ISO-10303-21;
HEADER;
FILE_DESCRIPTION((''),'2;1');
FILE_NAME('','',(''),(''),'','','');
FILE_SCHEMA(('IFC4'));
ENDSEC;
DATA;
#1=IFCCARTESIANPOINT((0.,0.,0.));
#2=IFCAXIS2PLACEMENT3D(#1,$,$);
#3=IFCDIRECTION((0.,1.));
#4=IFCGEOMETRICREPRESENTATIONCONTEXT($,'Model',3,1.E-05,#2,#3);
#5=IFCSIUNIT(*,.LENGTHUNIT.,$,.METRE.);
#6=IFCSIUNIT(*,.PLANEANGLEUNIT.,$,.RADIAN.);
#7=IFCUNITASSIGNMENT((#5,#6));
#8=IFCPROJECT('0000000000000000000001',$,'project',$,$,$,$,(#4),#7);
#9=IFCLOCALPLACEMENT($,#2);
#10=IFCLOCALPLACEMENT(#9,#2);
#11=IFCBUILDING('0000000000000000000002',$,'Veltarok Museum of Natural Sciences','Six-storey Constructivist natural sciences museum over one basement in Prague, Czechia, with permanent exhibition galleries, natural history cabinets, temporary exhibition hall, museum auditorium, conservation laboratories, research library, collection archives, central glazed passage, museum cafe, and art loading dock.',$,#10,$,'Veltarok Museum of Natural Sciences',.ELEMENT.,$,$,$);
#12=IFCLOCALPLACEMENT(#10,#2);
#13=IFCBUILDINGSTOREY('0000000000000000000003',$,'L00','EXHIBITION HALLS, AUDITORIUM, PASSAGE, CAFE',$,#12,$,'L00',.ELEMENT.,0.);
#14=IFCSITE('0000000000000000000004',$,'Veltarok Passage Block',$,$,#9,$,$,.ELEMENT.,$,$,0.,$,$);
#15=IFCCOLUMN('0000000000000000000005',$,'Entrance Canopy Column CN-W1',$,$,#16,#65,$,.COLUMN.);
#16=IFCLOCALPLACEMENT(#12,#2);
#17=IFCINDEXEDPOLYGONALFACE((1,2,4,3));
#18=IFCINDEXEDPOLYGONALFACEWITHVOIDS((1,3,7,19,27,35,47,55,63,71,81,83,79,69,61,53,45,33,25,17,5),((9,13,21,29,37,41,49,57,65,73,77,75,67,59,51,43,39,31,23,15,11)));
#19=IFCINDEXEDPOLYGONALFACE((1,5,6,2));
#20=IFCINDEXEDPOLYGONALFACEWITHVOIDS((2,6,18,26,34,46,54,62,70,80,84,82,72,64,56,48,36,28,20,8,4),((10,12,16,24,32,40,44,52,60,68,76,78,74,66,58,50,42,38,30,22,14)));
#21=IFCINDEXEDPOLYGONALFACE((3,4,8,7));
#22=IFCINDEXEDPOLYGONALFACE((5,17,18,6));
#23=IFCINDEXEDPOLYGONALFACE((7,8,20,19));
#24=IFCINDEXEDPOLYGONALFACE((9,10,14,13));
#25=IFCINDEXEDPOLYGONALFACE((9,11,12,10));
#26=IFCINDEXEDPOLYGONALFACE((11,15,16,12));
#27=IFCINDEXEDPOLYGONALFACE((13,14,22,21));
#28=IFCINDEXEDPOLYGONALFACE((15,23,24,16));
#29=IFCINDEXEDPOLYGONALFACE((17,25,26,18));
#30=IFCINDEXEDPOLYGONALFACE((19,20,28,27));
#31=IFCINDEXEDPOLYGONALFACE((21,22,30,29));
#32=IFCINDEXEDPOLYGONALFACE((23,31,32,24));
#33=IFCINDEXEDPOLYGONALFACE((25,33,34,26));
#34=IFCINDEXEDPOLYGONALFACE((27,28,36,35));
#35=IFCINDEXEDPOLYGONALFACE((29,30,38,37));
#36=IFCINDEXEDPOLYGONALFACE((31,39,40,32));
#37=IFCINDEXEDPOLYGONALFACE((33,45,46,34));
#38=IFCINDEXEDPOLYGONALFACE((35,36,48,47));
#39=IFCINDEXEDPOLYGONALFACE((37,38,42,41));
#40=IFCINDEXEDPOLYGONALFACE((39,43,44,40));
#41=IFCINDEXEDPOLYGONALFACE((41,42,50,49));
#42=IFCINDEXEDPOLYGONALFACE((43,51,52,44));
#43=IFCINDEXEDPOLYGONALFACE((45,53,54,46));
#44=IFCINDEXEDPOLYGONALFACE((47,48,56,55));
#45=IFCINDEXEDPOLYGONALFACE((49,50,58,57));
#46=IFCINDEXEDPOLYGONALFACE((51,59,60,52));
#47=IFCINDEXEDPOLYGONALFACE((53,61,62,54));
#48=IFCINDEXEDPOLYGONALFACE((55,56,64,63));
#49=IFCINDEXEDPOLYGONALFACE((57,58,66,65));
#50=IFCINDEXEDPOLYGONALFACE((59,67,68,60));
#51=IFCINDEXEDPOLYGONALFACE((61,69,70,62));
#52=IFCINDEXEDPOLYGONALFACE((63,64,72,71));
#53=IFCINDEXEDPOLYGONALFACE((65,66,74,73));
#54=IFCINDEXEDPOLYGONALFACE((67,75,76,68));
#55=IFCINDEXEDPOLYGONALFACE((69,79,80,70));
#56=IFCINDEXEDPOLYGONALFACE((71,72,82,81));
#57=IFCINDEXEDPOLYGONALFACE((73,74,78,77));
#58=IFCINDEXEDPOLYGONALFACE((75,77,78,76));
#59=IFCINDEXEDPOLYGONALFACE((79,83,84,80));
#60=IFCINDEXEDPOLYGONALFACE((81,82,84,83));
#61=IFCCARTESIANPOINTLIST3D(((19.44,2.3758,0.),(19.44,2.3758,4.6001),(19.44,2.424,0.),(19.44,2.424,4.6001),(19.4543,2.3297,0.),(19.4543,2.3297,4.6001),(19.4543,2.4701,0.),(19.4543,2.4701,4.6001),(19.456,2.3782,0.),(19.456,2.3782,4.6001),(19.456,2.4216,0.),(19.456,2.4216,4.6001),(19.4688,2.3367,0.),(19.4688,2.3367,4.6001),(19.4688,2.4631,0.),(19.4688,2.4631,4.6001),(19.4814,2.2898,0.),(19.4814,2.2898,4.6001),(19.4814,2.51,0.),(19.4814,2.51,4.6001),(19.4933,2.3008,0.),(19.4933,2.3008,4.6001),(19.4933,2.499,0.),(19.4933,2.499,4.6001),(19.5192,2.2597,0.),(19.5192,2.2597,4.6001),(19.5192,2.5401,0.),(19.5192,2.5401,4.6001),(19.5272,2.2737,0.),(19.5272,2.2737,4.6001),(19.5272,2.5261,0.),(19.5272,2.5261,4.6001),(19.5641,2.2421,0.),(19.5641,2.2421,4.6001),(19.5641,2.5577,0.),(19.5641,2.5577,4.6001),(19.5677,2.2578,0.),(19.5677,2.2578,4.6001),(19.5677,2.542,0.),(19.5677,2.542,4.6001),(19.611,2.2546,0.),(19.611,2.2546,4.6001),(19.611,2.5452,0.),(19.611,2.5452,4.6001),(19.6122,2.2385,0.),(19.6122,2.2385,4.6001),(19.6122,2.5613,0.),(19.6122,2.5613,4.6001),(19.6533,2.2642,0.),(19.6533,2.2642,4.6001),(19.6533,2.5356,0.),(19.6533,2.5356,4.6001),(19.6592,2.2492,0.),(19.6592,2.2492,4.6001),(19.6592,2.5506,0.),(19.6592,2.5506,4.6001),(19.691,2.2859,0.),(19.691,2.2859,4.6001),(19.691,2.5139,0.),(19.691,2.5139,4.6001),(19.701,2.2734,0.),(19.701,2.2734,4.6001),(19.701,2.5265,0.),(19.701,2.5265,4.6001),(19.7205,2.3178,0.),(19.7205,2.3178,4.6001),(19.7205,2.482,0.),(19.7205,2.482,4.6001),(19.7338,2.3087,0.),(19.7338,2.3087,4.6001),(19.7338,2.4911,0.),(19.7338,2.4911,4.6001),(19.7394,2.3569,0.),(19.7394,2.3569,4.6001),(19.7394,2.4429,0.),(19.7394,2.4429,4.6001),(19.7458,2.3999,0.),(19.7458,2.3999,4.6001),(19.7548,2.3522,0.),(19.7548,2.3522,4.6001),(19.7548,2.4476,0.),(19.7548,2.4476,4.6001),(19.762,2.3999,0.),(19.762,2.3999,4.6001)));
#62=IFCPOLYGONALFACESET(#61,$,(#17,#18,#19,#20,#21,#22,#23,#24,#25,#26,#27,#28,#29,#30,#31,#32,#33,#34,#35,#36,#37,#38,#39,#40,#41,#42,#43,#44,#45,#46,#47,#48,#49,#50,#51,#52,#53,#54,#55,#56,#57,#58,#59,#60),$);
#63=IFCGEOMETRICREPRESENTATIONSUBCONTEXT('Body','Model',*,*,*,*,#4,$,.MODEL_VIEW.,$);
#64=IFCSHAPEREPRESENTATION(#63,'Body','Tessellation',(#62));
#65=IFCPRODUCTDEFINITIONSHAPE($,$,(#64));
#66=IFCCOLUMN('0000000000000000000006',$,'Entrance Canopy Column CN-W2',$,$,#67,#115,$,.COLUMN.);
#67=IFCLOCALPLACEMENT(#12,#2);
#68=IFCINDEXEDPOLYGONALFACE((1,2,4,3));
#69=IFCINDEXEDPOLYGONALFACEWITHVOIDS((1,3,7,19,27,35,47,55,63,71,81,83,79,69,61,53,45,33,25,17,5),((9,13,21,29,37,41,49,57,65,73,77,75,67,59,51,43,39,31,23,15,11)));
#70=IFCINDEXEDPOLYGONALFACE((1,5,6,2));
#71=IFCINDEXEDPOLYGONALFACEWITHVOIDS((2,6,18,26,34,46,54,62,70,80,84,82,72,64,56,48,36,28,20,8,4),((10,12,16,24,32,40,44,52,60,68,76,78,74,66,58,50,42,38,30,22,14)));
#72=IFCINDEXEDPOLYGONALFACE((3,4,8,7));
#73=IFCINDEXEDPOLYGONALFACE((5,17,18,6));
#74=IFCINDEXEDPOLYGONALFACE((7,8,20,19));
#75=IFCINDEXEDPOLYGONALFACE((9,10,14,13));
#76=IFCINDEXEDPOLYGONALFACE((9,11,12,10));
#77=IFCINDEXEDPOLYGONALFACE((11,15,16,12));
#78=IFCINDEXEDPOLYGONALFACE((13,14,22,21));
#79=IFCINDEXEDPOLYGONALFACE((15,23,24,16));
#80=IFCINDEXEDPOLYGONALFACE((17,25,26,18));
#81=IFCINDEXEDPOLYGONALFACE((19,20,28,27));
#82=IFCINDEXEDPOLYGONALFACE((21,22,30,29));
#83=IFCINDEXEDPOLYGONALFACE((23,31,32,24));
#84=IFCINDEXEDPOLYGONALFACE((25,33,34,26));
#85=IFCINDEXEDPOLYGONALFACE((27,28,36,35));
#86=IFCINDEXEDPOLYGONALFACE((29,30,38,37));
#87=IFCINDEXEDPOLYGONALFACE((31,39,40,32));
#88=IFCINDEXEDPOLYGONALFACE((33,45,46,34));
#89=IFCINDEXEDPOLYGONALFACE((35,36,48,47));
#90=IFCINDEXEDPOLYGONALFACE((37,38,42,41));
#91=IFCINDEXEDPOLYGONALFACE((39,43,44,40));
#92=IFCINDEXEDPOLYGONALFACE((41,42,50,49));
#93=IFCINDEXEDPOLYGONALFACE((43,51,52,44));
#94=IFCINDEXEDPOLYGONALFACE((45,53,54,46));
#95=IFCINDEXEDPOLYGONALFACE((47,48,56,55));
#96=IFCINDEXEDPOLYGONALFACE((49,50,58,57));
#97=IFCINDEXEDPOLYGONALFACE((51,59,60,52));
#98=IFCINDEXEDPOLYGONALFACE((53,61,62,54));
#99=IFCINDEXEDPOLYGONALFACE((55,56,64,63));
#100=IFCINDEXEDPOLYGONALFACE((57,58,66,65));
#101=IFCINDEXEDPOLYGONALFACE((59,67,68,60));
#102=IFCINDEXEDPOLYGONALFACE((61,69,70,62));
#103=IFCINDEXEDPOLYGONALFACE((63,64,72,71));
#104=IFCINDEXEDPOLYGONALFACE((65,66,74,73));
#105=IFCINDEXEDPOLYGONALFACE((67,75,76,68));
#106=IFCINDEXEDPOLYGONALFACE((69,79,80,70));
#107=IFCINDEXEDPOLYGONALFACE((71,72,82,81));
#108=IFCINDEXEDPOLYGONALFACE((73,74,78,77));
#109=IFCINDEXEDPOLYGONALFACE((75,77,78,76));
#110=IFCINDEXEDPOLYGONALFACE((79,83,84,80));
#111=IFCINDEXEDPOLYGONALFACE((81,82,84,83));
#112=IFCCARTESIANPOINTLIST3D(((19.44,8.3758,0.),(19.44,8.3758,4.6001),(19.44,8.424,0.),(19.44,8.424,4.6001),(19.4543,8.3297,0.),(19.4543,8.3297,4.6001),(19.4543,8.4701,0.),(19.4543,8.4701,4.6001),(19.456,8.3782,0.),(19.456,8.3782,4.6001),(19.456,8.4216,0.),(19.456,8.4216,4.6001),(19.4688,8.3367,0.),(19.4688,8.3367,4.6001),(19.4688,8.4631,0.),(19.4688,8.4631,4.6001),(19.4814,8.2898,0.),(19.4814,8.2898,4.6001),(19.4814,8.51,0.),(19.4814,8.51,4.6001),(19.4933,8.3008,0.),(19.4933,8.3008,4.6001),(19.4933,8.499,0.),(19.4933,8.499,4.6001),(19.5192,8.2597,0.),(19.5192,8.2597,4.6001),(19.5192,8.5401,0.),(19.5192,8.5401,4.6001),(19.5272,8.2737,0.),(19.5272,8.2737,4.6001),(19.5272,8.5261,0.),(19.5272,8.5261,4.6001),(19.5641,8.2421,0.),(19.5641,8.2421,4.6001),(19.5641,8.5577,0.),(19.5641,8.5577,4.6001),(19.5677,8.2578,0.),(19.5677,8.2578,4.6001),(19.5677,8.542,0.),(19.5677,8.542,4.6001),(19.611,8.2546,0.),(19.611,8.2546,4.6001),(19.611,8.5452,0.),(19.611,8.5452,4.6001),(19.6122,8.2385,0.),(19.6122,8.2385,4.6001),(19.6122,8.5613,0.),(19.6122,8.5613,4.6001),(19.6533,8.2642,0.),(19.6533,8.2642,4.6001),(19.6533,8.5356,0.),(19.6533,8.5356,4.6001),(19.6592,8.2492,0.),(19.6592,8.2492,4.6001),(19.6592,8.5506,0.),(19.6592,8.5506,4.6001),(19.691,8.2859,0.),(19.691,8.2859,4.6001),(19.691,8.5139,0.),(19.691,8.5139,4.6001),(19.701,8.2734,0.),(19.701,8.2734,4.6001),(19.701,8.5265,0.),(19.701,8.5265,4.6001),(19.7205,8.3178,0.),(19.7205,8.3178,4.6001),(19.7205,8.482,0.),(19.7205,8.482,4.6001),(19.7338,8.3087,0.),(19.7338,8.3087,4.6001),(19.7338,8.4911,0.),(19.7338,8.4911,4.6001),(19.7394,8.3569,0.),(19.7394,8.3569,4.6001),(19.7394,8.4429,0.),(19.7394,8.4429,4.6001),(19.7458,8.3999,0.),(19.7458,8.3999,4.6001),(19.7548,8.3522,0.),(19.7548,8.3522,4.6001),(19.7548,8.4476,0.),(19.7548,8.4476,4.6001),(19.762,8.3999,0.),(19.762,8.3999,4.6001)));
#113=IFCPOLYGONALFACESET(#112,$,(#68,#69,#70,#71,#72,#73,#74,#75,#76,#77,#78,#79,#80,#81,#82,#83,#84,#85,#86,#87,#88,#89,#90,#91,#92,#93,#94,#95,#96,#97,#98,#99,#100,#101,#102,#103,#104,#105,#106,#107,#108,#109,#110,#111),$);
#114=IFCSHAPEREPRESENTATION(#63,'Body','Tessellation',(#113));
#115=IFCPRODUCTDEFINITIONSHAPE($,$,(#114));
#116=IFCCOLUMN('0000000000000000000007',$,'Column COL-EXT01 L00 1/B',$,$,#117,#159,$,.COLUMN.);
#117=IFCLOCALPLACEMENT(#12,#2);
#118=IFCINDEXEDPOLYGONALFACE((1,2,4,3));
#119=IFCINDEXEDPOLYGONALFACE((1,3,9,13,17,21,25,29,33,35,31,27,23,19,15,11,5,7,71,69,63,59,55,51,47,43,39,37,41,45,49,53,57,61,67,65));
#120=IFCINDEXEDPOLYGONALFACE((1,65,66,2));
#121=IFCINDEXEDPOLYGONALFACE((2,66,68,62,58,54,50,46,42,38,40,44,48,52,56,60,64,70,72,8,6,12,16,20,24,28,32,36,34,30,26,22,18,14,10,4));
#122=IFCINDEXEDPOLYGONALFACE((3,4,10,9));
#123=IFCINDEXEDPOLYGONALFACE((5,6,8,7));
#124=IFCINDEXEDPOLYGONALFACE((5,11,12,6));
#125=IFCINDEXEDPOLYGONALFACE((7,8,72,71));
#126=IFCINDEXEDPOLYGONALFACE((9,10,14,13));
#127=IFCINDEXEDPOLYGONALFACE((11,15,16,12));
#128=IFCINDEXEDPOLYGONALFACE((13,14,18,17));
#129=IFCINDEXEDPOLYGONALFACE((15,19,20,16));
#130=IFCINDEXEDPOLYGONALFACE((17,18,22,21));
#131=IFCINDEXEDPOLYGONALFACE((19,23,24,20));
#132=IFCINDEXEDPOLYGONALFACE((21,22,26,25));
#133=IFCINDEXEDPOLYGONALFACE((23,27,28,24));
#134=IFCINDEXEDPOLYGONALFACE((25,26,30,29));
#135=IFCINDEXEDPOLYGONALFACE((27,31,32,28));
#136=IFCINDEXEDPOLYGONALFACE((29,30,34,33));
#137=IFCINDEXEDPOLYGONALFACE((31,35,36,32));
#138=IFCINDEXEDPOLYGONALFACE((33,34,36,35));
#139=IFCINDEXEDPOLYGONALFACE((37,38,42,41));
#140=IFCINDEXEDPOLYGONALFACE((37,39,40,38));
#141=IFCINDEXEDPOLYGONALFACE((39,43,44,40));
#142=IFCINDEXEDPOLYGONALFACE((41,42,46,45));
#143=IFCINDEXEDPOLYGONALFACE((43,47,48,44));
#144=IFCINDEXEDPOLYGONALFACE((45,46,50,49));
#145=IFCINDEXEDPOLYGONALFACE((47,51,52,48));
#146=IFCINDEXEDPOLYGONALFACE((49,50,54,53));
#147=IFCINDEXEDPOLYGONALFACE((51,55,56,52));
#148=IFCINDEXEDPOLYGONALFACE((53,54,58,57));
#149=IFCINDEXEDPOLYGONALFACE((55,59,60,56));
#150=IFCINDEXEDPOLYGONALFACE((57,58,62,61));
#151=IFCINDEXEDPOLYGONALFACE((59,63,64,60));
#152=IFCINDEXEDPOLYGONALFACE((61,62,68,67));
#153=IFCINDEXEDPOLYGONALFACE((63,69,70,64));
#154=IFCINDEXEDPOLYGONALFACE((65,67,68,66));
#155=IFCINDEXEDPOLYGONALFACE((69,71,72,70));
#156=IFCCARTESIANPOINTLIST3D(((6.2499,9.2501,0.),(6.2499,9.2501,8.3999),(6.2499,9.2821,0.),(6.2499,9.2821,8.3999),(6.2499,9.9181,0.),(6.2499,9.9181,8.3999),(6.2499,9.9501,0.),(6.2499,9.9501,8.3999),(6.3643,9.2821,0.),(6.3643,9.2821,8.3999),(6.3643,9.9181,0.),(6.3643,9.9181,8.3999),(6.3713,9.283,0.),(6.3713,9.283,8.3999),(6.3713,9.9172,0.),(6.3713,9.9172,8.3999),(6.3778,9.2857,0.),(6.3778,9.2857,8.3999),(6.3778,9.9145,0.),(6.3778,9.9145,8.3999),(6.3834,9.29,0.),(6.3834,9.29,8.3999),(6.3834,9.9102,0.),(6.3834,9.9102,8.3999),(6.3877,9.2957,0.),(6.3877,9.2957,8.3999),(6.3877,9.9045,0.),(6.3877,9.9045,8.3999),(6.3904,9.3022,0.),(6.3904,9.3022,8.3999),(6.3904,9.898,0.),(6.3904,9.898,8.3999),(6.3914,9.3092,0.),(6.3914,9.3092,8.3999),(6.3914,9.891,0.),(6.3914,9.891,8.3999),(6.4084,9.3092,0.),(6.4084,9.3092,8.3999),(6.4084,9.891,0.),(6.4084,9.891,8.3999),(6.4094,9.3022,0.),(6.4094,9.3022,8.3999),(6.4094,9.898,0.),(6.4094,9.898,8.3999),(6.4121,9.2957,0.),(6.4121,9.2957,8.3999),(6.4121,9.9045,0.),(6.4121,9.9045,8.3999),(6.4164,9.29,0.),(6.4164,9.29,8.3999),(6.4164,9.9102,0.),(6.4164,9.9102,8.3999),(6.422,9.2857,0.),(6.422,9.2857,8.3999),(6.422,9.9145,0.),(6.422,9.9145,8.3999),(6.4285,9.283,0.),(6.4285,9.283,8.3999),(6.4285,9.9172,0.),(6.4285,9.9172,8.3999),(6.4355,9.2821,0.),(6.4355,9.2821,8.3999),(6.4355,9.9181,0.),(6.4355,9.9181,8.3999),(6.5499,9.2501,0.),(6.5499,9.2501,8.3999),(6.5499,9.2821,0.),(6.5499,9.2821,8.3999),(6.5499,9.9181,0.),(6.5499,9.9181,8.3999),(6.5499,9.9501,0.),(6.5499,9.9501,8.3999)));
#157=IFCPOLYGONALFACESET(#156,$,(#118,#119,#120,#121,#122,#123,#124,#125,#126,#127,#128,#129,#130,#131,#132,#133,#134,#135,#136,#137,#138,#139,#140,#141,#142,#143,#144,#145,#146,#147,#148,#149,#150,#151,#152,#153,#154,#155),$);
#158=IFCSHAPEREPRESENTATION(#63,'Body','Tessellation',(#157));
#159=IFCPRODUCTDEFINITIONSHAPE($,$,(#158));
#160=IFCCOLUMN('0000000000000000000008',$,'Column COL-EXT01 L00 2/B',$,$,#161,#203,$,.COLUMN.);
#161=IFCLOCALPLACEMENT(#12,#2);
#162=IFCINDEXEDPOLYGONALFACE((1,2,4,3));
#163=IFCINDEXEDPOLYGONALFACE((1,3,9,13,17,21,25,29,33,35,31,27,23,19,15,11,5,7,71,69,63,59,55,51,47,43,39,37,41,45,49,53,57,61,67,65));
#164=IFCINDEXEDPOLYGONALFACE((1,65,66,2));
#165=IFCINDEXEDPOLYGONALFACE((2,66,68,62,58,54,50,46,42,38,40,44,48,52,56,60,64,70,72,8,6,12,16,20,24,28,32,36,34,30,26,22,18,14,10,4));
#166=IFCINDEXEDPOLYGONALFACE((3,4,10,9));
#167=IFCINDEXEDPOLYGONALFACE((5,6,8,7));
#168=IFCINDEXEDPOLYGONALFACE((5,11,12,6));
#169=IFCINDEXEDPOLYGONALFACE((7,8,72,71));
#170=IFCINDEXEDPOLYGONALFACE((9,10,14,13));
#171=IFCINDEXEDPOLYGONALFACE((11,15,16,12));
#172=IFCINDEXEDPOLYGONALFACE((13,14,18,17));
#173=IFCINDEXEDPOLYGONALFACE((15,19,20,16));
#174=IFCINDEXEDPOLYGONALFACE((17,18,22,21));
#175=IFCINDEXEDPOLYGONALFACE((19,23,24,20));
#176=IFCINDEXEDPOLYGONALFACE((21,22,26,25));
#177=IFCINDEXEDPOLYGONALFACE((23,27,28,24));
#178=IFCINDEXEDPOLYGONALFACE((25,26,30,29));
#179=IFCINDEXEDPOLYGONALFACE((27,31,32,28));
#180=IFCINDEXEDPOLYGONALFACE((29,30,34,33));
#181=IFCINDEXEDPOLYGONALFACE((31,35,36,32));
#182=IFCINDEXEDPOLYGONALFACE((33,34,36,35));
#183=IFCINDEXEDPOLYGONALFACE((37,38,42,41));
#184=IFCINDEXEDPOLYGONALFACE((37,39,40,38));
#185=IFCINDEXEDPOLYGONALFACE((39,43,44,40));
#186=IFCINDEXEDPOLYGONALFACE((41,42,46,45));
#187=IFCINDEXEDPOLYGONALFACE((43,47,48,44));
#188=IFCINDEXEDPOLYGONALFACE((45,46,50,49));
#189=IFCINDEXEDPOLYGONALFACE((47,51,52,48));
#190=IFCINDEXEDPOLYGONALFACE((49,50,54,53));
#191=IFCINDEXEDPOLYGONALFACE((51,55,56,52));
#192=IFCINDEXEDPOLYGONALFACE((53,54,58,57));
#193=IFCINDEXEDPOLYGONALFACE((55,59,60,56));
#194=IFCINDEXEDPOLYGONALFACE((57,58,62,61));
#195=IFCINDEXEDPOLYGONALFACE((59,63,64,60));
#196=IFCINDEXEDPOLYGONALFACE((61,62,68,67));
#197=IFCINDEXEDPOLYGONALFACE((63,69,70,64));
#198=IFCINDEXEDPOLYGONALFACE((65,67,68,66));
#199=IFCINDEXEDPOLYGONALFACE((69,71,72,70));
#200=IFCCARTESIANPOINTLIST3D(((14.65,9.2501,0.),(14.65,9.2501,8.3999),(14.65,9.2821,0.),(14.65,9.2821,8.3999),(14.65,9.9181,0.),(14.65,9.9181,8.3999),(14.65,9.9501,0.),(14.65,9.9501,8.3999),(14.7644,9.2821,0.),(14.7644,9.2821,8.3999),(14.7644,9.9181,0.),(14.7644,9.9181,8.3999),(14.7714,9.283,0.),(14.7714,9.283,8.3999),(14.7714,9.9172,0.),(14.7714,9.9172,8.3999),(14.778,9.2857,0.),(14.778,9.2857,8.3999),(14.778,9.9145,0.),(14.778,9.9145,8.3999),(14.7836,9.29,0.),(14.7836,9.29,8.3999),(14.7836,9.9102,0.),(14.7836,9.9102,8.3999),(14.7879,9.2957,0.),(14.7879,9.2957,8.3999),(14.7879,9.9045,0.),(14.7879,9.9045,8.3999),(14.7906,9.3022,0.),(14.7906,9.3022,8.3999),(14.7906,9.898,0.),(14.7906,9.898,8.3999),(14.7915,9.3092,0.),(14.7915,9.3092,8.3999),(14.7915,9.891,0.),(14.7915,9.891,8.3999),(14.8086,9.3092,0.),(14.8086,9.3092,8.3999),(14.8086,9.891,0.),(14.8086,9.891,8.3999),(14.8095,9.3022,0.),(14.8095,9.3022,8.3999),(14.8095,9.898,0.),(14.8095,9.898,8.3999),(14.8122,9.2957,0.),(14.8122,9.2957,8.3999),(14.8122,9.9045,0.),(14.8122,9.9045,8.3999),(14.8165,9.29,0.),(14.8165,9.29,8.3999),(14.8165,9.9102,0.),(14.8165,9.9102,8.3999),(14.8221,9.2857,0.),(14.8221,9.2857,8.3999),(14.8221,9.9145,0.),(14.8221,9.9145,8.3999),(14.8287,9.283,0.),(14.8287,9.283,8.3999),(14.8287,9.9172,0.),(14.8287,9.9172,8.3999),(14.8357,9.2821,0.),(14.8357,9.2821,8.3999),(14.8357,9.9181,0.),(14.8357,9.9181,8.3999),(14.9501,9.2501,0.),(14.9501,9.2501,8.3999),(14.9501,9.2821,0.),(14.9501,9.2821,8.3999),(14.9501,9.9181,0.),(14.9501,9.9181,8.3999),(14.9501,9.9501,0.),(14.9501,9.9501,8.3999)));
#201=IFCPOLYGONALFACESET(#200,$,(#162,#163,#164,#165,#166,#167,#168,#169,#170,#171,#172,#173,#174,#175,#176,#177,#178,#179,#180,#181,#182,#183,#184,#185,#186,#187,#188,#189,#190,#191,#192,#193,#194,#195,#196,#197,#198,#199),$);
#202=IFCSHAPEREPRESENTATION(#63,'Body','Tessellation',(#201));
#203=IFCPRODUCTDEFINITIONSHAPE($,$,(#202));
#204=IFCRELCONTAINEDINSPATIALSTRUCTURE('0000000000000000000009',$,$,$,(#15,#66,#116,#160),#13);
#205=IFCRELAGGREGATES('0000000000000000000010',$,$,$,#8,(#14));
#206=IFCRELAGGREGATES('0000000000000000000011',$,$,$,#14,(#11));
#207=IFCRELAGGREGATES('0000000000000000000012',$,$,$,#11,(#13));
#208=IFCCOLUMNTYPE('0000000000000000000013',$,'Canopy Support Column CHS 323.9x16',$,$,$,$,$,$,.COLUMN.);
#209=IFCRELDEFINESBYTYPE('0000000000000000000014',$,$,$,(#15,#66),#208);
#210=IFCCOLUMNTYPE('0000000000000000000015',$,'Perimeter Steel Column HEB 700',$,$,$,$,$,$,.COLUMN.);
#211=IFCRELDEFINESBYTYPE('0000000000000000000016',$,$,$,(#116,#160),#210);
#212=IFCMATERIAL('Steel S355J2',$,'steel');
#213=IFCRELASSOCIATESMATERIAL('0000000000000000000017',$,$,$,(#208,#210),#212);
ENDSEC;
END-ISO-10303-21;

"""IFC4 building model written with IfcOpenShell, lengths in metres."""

from ifc_helpers import new_model, si_unit, direction, frame, origin, origin_2d, place, context, subcontext, project, spatial, hollow_circle, i_section, extrude, material, material_profile, profile_set, type_object, element, save


model = new_model("IFC4")

# Units and contexts
model_context = context("Model", 3, precision=1e-05, world=origin(), true_north=direction((0.0, 1.0)))
body_context = subcontext(model_context, "Body", "Model", "MODEL_VIEW")
ifc_project = project(units=[si_unit("LENGTHUNIT", "METRE"), si_unit("PLANEANGLEUNIT", "RADIAN")], contexts=[model_context])

# Site, building, storey
site_placement = place(None, origin())
site = spatial("IfcSite", under=ifc_project, at=site_placement, Name="Veltarok Passage Block", CompositionType="ELEMENT", RefElevation=0.0)
building_placement = place(site_placement, origin())
building = spatial("IfcBuilding", under=site, at=building_placement, Name="Veltarok Museum of Natural Sciences", Description="Six-storey Constructivist natural sciences museum over one basement in Prague, Czechia, with permanent exhibition galleries, natural history cabinets, temporary exhibition hall, museum auditorium, conservation laboratories, research library, collection archives, central glazed passage, museum cafe, and art loading dock.", LongName="Veltarok Museum of Natural Sciences", CompositionType="ELEMENT")
storey_placement = place(building_placement, origin())
storey = spatial("IfcBuildingStorey", under=building, at=storey_placement, Name="L00", Description="EXHIBITION HALLS, AUDITORIUM, PASSAGE, CAFE", LongName="L00", CompositionType="ELEMENT", Elevation=0.0)

# Columns
ifc_material_1 = material(Name="Steel S355J2", Category="steel")
ifc_material_profile_1 = material_profile(ifc_material_1, hollow_circle(Radius=0.1619, WallThickness=0.0161, at=origin_2d()), Name="CHS 323.9x16")
ifc_profile_set_1 = profile_set([ifc_material_profile_1], Name="Steel S355J2")
column_type_1 = type_object("IfcColumnType", Name="Canopy Support Column CHS 323.9x16", PredefinedType="COLUMN", material=ifc_profile_set_1)
for number, where, z_axis, x_axis, name in (
    (1, (19.6001, 2.3999, 0.0), (0.0, 0.0, 1.0), (1.0, 0.0, 0.0), "Entrance Canopy Column CN-W1"),
    (2, (19.6001, 8.3999, 0.0), (0.0, 0.0, 1.0), (1.0, 0.0, 0.0), "Entrance Canopy Column CN-W2"),
):
    element("IfcColumn", number, at=place(storey_placement, frame(where, z_axis=z_axis, x_axis=x_axis)), inside=storey, type_object=column_type_1, Name=name, PredefinedType="COLUMN", context=body_context, shape_type="SweptSolid", body=[
        extrude(hollow_circle(Radius=0.1619, WallThickness=0.0161, at=origin_2d()), origin(), (0.0, 0.0, 1.0), 4.6001),
    ])
ifc_material_profile_2 = material_profile(ifc_material_1, i_section(OverallWidth=0.3, OverallDepth=0.7, WebThickness=0.0171, FlangeThickness=0.032, FilletRadius=0.0271, at=origin_2d()), Name="HEB 700")
ifc_profile_set_2 = profile_set([ifc_material_profile_2], Name="Steel S355J2")
column_type_2 = type_object("IfcColumnType", Name="Perimeter Steel Column HEB 700", PredefinedType="COLUMN", material=ifc_profile_set_2)
for number, where, z_axis, x_axis, name in (
    (3, (6.3999, 9.6001, 0.0), (0.0, 0.0, 1.0), (1.0, 0.0, 0.0), "Column COL-EXT01 L00 1/B"),
    (4, (14.8, 9.6001, 0.0), (0.0, 0.0, 1.0), (1.0, 0.0, 0.0), "Column COL-EXT01 L00 2/B"),
):
    element("IfcColumn", number, at=place(storey_placement, frame(where, z_axis=z_axis, x_axis=x_axis)), inside=storey, type_object=column_type_2, Name=name, PredefinedType="COLUMN", context=body_context, shape_type="SweptSolid", body=[
        extrude(i_section(OverallWidth=0.3, OverallDepth=0.7, WebThickness=0.0171, FlangeThickness=0.032, FilletRadius=0.0271, at=origin_2d()), origin(), (0.0, 0.0, 1.0), 8.3999),
    ])

save(model, "model.ifc")
